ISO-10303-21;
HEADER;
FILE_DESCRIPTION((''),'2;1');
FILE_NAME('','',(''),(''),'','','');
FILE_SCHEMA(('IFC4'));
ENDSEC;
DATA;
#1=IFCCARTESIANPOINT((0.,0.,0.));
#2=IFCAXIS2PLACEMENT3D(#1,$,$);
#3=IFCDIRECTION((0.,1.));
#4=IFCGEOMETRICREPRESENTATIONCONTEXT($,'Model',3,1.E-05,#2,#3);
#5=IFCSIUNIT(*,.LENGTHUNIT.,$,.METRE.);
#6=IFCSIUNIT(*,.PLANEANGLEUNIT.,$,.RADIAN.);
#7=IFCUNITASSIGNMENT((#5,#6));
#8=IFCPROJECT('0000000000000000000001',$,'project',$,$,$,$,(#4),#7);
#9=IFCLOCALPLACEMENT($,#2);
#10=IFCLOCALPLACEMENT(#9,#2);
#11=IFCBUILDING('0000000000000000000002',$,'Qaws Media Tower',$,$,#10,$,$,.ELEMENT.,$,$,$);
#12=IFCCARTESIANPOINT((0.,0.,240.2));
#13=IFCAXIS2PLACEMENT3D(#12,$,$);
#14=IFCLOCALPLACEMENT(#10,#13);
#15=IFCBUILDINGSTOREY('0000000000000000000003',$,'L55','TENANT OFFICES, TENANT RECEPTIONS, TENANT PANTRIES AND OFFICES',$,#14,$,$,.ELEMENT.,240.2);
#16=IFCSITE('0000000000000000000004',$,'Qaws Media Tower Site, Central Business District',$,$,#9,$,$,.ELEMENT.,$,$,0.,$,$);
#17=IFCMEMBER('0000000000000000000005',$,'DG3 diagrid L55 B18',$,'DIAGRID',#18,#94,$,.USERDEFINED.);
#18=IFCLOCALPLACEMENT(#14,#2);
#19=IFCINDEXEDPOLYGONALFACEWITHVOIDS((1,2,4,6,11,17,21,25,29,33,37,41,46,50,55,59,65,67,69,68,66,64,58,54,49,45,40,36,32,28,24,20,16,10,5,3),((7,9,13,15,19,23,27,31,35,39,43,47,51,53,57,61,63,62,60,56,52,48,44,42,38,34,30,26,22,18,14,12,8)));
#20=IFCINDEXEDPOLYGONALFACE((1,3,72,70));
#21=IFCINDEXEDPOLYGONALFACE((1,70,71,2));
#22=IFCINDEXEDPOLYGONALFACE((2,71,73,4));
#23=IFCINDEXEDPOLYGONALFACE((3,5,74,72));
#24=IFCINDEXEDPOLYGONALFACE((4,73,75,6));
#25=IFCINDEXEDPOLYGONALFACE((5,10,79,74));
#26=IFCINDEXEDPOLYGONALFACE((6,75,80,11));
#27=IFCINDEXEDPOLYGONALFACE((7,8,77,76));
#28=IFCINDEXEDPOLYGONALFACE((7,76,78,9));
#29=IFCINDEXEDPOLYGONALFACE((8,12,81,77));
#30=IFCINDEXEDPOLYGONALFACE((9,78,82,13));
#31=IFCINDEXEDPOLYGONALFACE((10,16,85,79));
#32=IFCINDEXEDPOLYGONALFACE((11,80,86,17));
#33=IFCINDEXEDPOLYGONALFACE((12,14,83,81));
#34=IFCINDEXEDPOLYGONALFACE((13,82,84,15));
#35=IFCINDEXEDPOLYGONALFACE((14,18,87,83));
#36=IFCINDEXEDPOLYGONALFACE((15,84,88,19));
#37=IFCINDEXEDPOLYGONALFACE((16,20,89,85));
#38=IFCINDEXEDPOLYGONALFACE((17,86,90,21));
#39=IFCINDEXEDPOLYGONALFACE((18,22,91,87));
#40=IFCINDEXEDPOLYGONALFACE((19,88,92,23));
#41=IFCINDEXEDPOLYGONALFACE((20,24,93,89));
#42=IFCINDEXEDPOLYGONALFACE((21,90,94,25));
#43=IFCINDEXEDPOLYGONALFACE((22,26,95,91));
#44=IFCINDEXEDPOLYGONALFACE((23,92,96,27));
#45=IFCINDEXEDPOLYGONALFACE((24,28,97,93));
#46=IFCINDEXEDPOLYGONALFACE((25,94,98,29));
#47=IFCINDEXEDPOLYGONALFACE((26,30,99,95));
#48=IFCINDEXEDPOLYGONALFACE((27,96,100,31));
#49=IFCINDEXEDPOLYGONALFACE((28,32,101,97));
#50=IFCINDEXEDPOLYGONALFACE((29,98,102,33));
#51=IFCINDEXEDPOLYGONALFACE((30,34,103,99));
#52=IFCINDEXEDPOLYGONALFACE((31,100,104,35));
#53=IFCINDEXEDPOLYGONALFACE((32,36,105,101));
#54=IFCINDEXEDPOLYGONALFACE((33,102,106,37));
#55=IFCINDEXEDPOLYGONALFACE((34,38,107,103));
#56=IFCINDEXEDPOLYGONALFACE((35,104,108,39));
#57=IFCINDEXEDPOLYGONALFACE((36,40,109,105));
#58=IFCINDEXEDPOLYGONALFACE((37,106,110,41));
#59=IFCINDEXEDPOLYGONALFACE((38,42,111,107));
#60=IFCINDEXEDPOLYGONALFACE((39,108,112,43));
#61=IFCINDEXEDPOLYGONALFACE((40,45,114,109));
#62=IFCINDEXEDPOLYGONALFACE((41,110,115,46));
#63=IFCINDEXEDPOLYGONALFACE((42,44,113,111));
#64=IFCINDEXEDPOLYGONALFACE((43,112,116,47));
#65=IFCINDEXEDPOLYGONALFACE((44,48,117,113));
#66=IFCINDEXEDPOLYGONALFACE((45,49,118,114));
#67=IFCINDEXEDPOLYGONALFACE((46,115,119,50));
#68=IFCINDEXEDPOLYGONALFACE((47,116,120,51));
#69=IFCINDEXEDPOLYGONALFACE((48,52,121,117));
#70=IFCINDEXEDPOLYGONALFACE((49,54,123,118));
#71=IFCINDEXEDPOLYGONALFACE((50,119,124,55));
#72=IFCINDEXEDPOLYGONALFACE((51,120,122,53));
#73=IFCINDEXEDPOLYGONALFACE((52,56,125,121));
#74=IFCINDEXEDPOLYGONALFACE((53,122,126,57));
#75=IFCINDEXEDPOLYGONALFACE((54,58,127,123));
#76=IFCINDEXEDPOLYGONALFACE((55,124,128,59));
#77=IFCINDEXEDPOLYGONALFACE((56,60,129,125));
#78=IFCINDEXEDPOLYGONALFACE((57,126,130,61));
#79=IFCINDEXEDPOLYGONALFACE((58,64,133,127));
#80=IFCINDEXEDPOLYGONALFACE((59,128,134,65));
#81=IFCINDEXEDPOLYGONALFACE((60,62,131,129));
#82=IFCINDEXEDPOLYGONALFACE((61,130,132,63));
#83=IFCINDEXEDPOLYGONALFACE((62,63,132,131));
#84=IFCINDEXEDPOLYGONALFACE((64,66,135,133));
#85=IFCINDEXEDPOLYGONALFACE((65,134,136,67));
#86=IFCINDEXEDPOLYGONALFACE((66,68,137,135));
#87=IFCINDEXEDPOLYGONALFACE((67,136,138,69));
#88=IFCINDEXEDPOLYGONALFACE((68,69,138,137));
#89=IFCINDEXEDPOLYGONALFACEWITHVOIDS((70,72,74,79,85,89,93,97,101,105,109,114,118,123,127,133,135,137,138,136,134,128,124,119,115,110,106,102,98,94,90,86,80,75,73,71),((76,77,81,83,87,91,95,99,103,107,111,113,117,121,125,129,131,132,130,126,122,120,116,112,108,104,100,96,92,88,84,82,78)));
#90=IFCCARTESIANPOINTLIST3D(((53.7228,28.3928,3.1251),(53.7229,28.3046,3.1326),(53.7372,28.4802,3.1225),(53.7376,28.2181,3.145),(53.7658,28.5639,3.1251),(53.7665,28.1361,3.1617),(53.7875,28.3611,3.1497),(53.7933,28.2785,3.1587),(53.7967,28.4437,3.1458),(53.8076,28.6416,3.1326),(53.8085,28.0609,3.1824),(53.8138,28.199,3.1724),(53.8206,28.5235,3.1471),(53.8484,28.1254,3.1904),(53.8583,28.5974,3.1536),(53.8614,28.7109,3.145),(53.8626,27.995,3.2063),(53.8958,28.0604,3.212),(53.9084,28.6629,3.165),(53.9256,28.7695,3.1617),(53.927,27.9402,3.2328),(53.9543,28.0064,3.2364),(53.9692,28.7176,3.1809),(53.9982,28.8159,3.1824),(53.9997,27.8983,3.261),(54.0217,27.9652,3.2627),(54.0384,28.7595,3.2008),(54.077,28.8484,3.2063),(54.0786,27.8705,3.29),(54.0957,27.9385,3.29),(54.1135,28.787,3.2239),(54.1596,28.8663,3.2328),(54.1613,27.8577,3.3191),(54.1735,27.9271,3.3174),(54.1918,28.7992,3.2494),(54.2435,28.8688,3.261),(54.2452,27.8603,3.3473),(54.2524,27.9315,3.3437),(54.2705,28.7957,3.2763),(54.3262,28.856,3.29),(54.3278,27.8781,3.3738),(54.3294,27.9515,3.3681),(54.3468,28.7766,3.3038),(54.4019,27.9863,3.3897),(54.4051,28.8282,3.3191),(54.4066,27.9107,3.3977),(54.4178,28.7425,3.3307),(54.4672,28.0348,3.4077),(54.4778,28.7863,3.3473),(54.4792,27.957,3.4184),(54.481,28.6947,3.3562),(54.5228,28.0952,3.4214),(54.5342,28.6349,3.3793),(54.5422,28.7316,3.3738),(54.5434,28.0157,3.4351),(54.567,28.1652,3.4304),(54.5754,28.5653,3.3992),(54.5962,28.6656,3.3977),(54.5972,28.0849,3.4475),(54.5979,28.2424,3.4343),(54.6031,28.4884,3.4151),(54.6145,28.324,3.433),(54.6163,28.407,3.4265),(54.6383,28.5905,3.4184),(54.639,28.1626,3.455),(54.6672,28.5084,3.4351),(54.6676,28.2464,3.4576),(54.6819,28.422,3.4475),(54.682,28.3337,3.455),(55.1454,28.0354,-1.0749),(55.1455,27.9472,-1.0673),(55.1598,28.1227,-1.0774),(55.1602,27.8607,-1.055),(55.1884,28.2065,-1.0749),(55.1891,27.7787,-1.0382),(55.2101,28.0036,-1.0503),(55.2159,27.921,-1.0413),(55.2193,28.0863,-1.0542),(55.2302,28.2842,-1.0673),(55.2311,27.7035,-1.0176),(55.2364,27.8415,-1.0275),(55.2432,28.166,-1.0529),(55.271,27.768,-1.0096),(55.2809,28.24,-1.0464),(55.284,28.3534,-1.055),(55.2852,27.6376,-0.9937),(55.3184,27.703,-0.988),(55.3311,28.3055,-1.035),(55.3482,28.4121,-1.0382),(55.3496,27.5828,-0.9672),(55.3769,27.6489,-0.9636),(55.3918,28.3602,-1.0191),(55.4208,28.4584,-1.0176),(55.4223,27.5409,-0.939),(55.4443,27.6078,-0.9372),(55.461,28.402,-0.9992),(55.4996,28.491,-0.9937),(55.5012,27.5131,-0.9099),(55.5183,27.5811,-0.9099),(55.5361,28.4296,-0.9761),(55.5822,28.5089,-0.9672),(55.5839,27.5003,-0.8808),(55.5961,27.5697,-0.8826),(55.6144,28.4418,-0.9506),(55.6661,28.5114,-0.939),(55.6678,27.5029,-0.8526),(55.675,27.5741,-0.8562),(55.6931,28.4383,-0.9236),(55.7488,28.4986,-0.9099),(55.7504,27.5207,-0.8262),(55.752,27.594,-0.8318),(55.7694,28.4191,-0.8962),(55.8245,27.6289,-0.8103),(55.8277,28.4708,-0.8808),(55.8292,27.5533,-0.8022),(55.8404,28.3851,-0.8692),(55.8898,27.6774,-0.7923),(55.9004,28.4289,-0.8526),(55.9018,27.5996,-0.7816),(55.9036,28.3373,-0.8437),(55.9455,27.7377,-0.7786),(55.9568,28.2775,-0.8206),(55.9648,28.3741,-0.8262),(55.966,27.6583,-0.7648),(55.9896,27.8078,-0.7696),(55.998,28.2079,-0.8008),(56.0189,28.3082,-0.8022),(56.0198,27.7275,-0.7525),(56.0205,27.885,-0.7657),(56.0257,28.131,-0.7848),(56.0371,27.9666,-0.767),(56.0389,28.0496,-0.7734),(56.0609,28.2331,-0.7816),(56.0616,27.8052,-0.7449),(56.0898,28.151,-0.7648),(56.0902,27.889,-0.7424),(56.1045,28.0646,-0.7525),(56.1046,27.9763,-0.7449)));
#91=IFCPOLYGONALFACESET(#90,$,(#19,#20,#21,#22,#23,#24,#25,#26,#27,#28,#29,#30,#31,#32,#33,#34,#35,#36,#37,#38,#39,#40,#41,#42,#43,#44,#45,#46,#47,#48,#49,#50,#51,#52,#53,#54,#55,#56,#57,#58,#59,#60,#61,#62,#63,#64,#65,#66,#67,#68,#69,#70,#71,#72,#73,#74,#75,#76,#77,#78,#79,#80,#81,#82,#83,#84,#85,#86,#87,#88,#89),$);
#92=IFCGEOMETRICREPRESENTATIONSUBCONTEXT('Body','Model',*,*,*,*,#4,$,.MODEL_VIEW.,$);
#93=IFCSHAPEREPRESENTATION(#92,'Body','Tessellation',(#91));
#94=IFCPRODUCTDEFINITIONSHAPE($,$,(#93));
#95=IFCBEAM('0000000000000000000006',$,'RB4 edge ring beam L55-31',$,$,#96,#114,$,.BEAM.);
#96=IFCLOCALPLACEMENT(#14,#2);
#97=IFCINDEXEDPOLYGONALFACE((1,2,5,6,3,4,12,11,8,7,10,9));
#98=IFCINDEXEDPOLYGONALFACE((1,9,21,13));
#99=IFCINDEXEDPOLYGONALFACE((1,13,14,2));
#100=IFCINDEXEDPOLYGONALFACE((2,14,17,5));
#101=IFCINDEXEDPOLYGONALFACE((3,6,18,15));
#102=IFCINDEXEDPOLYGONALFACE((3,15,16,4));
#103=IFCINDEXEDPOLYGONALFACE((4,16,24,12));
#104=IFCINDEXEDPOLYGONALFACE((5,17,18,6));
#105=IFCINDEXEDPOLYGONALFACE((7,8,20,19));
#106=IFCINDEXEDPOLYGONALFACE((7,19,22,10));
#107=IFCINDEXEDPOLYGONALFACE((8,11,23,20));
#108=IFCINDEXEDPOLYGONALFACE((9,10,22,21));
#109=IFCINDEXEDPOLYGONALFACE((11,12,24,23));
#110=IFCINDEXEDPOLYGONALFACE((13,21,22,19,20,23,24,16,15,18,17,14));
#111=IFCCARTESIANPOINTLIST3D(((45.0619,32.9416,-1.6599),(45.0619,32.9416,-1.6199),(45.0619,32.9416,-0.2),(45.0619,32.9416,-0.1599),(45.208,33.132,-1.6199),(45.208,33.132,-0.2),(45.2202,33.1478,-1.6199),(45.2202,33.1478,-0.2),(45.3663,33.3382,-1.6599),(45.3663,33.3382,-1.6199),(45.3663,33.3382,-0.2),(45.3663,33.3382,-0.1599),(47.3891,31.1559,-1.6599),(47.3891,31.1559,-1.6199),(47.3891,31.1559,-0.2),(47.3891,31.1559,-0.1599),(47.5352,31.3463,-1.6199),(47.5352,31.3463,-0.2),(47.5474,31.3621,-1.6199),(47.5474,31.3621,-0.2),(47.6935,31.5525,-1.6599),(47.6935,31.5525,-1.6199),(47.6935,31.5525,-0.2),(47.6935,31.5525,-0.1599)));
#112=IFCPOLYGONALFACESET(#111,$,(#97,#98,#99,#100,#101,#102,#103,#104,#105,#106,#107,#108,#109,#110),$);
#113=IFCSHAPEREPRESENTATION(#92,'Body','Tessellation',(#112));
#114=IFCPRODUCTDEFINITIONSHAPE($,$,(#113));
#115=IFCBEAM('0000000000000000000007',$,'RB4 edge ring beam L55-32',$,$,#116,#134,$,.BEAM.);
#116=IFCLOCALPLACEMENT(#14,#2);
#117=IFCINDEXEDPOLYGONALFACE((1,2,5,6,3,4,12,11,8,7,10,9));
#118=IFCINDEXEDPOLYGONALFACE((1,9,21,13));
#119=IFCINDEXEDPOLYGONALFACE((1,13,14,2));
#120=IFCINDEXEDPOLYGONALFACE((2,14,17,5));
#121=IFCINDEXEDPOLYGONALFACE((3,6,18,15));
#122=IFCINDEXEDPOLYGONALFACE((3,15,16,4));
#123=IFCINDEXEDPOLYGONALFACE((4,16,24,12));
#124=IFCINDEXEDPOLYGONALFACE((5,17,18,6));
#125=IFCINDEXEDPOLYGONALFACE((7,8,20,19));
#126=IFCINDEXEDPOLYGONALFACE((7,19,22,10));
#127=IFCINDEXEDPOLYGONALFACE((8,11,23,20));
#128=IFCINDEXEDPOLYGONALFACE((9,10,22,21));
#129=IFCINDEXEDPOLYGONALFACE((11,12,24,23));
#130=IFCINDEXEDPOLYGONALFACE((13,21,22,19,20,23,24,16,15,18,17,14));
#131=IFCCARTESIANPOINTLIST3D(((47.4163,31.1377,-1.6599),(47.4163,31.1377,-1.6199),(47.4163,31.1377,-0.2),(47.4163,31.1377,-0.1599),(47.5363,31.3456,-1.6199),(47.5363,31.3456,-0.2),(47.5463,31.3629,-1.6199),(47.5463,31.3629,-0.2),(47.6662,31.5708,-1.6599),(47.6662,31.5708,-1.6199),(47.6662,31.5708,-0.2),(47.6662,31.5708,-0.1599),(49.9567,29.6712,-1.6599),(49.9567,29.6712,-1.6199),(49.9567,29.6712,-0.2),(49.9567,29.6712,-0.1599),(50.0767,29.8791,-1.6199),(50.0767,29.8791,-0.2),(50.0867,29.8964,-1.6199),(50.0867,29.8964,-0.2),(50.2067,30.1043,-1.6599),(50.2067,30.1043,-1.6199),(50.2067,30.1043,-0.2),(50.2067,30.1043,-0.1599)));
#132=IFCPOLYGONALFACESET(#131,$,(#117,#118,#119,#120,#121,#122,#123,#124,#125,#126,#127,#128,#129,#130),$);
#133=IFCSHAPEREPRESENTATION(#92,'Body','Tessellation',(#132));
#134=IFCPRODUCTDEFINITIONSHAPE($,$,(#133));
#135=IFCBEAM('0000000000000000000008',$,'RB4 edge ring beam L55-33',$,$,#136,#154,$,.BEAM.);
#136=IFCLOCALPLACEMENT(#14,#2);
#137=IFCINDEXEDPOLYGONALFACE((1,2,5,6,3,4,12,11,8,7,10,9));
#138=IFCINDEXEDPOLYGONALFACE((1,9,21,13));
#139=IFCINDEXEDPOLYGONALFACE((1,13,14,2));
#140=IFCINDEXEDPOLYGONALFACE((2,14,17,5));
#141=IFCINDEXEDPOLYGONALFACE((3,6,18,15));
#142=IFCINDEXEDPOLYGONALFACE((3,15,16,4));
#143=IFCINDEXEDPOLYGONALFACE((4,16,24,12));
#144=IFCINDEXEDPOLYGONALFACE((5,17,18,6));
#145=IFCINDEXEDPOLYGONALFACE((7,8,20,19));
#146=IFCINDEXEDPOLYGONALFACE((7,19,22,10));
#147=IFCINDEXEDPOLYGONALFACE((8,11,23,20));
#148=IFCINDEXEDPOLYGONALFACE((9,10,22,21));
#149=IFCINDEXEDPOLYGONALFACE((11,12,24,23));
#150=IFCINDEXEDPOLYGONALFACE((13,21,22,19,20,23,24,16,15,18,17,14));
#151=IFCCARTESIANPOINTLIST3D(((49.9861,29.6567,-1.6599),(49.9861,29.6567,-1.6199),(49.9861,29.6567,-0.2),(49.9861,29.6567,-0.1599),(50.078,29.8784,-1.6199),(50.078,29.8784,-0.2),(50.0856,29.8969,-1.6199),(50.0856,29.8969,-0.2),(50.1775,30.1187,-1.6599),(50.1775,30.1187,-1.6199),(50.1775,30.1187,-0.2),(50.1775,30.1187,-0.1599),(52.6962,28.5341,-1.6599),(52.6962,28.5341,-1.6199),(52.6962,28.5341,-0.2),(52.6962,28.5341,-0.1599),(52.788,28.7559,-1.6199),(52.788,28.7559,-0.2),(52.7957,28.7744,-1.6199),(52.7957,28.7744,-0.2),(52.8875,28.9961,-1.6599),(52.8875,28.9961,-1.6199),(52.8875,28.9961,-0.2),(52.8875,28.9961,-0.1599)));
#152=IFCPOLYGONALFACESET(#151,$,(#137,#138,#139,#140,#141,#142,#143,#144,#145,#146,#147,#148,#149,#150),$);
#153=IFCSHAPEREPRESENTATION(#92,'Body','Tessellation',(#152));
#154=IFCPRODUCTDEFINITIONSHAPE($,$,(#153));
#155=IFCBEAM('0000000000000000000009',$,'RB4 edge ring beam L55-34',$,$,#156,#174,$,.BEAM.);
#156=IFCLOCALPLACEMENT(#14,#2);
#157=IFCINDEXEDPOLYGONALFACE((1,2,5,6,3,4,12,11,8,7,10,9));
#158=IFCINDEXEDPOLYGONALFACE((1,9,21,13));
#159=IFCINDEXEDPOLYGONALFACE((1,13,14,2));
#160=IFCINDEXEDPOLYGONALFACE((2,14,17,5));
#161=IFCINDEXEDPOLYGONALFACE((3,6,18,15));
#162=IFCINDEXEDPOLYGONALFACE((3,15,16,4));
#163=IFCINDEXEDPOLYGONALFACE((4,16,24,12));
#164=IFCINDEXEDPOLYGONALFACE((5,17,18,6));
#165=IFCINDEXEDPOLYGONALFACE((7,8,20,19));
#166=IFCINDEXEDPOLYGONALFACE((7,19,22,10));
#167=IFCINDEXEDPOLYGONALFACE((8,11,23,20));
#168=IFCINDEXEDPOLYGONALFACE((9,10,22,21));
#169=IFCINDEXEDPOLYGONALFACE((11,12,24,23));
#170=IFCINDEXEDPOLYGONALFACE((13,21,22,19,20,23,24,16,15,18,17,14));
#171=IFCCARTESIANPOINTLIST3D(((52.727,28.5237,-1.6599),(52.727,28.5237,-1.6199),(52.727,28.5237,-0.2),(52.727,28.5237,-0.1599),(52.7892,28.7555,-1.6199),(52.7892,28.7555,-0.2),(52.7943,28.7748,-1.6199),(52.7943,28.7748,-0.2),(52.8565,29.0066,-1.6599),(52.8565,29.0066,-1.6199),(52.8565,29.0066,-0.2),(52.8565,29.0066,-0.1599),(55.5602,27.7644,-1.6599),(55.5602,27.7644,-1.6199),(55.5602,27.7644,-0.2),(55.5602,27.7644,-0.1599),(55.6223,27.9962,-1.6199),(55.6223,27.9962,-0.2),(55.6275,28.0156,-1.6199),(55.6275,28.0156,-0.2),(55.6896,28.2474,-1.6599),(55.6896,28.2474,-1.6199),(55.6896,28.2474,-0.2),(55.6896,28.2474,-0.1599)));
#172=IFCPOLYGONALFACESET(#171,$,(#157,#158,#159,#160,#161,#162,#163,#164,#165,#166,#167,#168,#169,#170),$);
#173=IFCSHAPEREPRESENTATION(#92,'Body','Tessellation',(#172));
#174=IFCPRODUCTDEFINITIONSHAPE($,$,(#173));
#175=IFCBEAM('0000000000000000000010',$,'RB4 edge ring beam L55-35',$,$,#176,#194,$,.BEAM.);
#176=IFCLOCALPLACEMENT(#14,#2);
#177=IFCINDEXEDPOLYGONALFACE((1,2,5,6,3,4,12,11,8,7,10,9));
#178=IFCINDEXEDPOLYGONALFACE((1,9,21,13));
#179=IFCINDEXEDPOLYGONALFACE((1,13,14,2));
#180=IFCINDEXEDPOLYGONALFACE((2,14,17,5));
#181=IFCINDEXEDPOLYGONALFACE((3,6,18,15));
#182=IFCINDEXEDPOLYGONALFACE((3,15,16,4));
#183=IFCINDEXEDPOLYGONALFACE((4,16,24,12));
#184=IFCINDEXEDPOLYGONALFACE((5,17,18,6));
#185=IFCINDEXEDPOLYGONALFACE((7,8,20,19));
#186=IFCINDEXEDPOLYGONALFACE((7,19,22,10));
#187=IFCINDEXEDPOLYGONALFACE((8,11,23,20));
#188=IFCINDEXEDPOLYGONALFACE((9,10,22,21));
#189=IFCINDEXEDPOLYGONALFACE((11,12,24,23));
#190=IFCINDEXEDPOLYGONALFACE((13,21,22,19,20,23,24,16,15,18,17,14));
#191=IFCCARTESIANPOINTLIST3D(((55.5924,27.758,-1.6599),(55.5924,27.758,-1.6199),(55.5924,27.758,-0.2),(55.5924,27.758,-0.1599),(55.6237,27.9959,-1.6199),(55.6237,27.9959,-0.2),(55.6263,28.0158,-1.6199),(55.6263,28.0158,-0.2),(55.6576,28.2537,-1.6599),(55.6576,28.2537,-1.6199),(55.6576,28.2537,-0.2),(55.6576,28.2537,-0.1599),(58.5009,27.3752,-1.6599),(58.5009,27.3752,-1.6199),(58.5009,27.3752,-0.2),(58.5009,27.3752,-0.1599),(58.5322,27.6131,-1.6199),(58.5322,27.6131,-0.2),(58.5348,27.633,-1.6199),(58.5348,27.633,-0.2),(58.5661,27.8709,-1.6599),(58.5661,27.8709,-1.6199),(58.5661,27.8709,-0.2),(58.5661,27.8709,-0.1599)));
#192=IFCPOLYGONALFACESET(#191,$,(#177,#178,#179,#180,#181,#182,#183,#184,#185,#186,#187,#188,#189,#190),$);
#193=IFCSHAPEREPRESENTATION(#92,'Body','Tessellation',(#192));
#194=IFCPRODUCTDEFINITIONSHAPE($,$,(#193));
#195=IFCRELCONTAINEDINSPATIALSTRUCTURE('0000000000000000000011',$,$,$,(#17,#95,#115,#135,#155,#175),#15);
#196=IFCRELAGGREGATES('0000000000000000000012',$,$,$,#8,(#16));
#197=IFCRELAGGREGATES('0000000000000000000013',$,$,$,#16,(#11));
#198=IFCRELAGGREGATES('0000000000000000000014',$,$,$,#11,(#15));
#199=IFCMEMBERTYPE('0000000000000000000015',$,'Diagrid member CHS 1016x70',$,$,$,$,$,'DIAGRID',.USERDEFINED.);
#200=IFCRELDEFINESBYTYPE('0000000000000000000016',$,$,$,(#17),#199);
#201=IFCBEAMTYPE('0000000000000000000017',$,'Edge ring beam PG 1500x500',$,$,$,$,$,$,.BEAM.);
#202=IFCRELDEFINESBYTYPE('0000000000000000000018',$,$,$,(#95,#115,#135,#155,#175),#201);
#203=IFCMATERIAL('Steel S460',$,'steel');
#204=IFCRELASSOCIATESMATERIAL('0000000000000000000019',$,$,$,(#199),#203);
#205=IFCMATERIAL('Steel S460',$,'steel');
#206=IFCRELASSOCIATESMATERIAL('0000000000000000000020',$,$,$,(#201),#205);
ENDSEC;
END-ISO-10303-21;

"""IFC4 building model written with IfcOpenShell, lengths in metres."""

from ifc_helpers import new_model, si_unit, direction, frame, origin, origin_2d, place, context, subcontext, project, spatial, hollow_circle, i_section, extrude, material, material_profile, profile_set, type_object, element, save


model = new_model("IFC4")

# Units and contexts
model_context = context("Model", 3, precision=1e-05, world=origin(), true_north=direction((0.0, 1.0)))
body_context = subcontext(model_context, "Body", "Model", "MODEL_VIEW")
ifc_project = project(units=[si_unit("LENGTHUNIT", "METRE"), si_unit("PLANEANGLEUNIT", "RADIAN")], contexts=[model_context])

# Site, building, storey
site_placement = place(None, origin())
site = spatial("IfcSite", under=ifc_project, at=site_placement, Name="Qaws Media Tower Site, Central Business District", CompositionType="ELEMENT", RefElevation=0.0)
building_placement = place(site_placement, origin())
building = spatial("IfcBuilding", under=site, at=building_placement, Name="Qaws Media Tower", CompositionType="ELEMENT")
storey_placement = place(building_placement, frame((0.0, 0.0, 240.2)))
storey = spatial("IfcBuildingStorey", under=building, at=storey_placement, Name="L55", Description="TENANT OFFICES, TENANT RECEPTIONS, TENANT PANTRIES AND OFFICES", CompositionType="ELEMENT", Elevation=240.2)

# Member
ifc_material_1 = material(Name="Steel S460", Category="steel")
ifc_material_profile_1 = material_profile(ifc_material_1, hollow_circle(Radius=0.5081, WallThickness=0.0701, at=origin_2d()), Name="CHS 1016x70")
ifc_profile_set_1 = profile_set([ifc_material_profile_1], Name="Steel S460")
member_type_1 = type_object("IfcMemberType", Name="Diagrid member CHS 1016x70", ElementType="DIAGRID", PredefinedType="USERDEFINED", material=ifc_profile_set_1)
for number, where, z_axis, x_axis, name in (
    (1, (55.625, 28.0059, -0.9099), (-0.319779, 0.080343, 0.94408), (-0.243671, -0.969858, 0.0), "DG3 diagrid L55 B18"),
):
    element("IfcMember", number, at=place(storey_placement, frame(where, z_axis=z_axis, x_axis=x_axis)), inside=storey, type_object=member_type_1, Name=name, ObjectType="DIAGRID", PredefinedType="USERDEFINED", context=body_context, shape_type="SweptSolid", body=[
        extrude(hollow_circle(Radius=0.5081, WallThickness=0.0701, at=origin_2d()), origin(), (0.0, 0.0, 1.0), 4.4487),
    ])

# Beams
ifc_material_2 = material(Name="Steel S460", Category="steel")
ifc_material_profile_2 = material_profile(ifc_material_2, i_section(OverallWidth=0.5, OverallDepth=1.5, WebThickness=0.02, FlangeThickness=0.04, at=origin_2d()), Name="PG 1500x500")
ifc_profile_set_2 = profile_set([ifc_material_profile_2], Name="Steel S460")
beam_type = type_object("IfcBeamType", Name="Edge ring beam PG 1500x500", PredefinedType="BEAM", material=ifc_profile_set_2)
for number, where, z_axis, x_axis, name in (
    (2, (45.2141, 33.1399, -0.9099), (0.79336, -0.608753, 0.0), (0.608753, 0.79336, 0.0), "RB4 edge ring beam L55-31"),
    (3, (47.5413, 31.3542, -0.9099), (0.866058, -0.499943, 0.0), (0.499943, 0.866058, 0.0), "RB4 edge ring beam L55-32"),
    (4, (50.0818, 29.8877, -0.9099), (0.923873, -0.3827, 0.0), (0.3827, 0.923873, 0.0), "RB4 edge ring beam L55-33"),
):
    element("IfcBeam", number, at=place(storey_placement, frame(where, z_axis=z_axis, x_axis=x_axis)), inside=storey, type_object=beam_type, Name=name, PredefinedType="BEAM", context=body_context, shape_type="SweptSolid", body=[
        extrude(i_section(OverallWidth=0.5, OverallDepth=1.5, WebThickness=0.02, FlangeThickness=0.04, at=origin_2d()), origin(), (0.0, 0.0, 1.0), 2.9333),
    ])
beam_1_placement = place(storey_placement, frame((52.7917, 28.7651, -0.9099), z_axis=(0.965916, -0.258854, 0.0), x_axis=(0.258854, 0.965916, 0.0)))
element("IfcBeam", 5, at=beam_1_placement, inside=storey, type_object=beam_type, Name="RB4 edge ring beam L55-34", PredefinedType="BEAM", context=body_context, shape_type="SweptSolid", body=[
    extrude(i_section(OverallWidth=0.5, OverallDepth=1.5, WebThickness=0.02, FlangeThickness=0.04, at=origin_2d()), origin(), (0.0, 0.0, 1.0), 2.9331),
])
beam_2_placement = place(storey_placement, frame((55.625, 28.0059, -0.9099), z_axis=(0.991449, -0.130495, 0.0), x_axis=(0.130495, 0.991449, 0.0)))
element("IfcBeam", 6, at=beam_2_placement, inside=storey, type_object=beam_type, Name="RB4 edge ring beam L55-35", PredefinedType="BEAM", context=body_context, shape_type="SweptSolid", body=[
    extrude(i_section(OverallWidth=0.5, OverallDepth=1.5, WebThickness=0.02, FlangeThickness=0.04, at=origin_2d()), origin(), (0.0, 0.0, 1.0), 2.9336),
])

save(model, "model.ifc")
